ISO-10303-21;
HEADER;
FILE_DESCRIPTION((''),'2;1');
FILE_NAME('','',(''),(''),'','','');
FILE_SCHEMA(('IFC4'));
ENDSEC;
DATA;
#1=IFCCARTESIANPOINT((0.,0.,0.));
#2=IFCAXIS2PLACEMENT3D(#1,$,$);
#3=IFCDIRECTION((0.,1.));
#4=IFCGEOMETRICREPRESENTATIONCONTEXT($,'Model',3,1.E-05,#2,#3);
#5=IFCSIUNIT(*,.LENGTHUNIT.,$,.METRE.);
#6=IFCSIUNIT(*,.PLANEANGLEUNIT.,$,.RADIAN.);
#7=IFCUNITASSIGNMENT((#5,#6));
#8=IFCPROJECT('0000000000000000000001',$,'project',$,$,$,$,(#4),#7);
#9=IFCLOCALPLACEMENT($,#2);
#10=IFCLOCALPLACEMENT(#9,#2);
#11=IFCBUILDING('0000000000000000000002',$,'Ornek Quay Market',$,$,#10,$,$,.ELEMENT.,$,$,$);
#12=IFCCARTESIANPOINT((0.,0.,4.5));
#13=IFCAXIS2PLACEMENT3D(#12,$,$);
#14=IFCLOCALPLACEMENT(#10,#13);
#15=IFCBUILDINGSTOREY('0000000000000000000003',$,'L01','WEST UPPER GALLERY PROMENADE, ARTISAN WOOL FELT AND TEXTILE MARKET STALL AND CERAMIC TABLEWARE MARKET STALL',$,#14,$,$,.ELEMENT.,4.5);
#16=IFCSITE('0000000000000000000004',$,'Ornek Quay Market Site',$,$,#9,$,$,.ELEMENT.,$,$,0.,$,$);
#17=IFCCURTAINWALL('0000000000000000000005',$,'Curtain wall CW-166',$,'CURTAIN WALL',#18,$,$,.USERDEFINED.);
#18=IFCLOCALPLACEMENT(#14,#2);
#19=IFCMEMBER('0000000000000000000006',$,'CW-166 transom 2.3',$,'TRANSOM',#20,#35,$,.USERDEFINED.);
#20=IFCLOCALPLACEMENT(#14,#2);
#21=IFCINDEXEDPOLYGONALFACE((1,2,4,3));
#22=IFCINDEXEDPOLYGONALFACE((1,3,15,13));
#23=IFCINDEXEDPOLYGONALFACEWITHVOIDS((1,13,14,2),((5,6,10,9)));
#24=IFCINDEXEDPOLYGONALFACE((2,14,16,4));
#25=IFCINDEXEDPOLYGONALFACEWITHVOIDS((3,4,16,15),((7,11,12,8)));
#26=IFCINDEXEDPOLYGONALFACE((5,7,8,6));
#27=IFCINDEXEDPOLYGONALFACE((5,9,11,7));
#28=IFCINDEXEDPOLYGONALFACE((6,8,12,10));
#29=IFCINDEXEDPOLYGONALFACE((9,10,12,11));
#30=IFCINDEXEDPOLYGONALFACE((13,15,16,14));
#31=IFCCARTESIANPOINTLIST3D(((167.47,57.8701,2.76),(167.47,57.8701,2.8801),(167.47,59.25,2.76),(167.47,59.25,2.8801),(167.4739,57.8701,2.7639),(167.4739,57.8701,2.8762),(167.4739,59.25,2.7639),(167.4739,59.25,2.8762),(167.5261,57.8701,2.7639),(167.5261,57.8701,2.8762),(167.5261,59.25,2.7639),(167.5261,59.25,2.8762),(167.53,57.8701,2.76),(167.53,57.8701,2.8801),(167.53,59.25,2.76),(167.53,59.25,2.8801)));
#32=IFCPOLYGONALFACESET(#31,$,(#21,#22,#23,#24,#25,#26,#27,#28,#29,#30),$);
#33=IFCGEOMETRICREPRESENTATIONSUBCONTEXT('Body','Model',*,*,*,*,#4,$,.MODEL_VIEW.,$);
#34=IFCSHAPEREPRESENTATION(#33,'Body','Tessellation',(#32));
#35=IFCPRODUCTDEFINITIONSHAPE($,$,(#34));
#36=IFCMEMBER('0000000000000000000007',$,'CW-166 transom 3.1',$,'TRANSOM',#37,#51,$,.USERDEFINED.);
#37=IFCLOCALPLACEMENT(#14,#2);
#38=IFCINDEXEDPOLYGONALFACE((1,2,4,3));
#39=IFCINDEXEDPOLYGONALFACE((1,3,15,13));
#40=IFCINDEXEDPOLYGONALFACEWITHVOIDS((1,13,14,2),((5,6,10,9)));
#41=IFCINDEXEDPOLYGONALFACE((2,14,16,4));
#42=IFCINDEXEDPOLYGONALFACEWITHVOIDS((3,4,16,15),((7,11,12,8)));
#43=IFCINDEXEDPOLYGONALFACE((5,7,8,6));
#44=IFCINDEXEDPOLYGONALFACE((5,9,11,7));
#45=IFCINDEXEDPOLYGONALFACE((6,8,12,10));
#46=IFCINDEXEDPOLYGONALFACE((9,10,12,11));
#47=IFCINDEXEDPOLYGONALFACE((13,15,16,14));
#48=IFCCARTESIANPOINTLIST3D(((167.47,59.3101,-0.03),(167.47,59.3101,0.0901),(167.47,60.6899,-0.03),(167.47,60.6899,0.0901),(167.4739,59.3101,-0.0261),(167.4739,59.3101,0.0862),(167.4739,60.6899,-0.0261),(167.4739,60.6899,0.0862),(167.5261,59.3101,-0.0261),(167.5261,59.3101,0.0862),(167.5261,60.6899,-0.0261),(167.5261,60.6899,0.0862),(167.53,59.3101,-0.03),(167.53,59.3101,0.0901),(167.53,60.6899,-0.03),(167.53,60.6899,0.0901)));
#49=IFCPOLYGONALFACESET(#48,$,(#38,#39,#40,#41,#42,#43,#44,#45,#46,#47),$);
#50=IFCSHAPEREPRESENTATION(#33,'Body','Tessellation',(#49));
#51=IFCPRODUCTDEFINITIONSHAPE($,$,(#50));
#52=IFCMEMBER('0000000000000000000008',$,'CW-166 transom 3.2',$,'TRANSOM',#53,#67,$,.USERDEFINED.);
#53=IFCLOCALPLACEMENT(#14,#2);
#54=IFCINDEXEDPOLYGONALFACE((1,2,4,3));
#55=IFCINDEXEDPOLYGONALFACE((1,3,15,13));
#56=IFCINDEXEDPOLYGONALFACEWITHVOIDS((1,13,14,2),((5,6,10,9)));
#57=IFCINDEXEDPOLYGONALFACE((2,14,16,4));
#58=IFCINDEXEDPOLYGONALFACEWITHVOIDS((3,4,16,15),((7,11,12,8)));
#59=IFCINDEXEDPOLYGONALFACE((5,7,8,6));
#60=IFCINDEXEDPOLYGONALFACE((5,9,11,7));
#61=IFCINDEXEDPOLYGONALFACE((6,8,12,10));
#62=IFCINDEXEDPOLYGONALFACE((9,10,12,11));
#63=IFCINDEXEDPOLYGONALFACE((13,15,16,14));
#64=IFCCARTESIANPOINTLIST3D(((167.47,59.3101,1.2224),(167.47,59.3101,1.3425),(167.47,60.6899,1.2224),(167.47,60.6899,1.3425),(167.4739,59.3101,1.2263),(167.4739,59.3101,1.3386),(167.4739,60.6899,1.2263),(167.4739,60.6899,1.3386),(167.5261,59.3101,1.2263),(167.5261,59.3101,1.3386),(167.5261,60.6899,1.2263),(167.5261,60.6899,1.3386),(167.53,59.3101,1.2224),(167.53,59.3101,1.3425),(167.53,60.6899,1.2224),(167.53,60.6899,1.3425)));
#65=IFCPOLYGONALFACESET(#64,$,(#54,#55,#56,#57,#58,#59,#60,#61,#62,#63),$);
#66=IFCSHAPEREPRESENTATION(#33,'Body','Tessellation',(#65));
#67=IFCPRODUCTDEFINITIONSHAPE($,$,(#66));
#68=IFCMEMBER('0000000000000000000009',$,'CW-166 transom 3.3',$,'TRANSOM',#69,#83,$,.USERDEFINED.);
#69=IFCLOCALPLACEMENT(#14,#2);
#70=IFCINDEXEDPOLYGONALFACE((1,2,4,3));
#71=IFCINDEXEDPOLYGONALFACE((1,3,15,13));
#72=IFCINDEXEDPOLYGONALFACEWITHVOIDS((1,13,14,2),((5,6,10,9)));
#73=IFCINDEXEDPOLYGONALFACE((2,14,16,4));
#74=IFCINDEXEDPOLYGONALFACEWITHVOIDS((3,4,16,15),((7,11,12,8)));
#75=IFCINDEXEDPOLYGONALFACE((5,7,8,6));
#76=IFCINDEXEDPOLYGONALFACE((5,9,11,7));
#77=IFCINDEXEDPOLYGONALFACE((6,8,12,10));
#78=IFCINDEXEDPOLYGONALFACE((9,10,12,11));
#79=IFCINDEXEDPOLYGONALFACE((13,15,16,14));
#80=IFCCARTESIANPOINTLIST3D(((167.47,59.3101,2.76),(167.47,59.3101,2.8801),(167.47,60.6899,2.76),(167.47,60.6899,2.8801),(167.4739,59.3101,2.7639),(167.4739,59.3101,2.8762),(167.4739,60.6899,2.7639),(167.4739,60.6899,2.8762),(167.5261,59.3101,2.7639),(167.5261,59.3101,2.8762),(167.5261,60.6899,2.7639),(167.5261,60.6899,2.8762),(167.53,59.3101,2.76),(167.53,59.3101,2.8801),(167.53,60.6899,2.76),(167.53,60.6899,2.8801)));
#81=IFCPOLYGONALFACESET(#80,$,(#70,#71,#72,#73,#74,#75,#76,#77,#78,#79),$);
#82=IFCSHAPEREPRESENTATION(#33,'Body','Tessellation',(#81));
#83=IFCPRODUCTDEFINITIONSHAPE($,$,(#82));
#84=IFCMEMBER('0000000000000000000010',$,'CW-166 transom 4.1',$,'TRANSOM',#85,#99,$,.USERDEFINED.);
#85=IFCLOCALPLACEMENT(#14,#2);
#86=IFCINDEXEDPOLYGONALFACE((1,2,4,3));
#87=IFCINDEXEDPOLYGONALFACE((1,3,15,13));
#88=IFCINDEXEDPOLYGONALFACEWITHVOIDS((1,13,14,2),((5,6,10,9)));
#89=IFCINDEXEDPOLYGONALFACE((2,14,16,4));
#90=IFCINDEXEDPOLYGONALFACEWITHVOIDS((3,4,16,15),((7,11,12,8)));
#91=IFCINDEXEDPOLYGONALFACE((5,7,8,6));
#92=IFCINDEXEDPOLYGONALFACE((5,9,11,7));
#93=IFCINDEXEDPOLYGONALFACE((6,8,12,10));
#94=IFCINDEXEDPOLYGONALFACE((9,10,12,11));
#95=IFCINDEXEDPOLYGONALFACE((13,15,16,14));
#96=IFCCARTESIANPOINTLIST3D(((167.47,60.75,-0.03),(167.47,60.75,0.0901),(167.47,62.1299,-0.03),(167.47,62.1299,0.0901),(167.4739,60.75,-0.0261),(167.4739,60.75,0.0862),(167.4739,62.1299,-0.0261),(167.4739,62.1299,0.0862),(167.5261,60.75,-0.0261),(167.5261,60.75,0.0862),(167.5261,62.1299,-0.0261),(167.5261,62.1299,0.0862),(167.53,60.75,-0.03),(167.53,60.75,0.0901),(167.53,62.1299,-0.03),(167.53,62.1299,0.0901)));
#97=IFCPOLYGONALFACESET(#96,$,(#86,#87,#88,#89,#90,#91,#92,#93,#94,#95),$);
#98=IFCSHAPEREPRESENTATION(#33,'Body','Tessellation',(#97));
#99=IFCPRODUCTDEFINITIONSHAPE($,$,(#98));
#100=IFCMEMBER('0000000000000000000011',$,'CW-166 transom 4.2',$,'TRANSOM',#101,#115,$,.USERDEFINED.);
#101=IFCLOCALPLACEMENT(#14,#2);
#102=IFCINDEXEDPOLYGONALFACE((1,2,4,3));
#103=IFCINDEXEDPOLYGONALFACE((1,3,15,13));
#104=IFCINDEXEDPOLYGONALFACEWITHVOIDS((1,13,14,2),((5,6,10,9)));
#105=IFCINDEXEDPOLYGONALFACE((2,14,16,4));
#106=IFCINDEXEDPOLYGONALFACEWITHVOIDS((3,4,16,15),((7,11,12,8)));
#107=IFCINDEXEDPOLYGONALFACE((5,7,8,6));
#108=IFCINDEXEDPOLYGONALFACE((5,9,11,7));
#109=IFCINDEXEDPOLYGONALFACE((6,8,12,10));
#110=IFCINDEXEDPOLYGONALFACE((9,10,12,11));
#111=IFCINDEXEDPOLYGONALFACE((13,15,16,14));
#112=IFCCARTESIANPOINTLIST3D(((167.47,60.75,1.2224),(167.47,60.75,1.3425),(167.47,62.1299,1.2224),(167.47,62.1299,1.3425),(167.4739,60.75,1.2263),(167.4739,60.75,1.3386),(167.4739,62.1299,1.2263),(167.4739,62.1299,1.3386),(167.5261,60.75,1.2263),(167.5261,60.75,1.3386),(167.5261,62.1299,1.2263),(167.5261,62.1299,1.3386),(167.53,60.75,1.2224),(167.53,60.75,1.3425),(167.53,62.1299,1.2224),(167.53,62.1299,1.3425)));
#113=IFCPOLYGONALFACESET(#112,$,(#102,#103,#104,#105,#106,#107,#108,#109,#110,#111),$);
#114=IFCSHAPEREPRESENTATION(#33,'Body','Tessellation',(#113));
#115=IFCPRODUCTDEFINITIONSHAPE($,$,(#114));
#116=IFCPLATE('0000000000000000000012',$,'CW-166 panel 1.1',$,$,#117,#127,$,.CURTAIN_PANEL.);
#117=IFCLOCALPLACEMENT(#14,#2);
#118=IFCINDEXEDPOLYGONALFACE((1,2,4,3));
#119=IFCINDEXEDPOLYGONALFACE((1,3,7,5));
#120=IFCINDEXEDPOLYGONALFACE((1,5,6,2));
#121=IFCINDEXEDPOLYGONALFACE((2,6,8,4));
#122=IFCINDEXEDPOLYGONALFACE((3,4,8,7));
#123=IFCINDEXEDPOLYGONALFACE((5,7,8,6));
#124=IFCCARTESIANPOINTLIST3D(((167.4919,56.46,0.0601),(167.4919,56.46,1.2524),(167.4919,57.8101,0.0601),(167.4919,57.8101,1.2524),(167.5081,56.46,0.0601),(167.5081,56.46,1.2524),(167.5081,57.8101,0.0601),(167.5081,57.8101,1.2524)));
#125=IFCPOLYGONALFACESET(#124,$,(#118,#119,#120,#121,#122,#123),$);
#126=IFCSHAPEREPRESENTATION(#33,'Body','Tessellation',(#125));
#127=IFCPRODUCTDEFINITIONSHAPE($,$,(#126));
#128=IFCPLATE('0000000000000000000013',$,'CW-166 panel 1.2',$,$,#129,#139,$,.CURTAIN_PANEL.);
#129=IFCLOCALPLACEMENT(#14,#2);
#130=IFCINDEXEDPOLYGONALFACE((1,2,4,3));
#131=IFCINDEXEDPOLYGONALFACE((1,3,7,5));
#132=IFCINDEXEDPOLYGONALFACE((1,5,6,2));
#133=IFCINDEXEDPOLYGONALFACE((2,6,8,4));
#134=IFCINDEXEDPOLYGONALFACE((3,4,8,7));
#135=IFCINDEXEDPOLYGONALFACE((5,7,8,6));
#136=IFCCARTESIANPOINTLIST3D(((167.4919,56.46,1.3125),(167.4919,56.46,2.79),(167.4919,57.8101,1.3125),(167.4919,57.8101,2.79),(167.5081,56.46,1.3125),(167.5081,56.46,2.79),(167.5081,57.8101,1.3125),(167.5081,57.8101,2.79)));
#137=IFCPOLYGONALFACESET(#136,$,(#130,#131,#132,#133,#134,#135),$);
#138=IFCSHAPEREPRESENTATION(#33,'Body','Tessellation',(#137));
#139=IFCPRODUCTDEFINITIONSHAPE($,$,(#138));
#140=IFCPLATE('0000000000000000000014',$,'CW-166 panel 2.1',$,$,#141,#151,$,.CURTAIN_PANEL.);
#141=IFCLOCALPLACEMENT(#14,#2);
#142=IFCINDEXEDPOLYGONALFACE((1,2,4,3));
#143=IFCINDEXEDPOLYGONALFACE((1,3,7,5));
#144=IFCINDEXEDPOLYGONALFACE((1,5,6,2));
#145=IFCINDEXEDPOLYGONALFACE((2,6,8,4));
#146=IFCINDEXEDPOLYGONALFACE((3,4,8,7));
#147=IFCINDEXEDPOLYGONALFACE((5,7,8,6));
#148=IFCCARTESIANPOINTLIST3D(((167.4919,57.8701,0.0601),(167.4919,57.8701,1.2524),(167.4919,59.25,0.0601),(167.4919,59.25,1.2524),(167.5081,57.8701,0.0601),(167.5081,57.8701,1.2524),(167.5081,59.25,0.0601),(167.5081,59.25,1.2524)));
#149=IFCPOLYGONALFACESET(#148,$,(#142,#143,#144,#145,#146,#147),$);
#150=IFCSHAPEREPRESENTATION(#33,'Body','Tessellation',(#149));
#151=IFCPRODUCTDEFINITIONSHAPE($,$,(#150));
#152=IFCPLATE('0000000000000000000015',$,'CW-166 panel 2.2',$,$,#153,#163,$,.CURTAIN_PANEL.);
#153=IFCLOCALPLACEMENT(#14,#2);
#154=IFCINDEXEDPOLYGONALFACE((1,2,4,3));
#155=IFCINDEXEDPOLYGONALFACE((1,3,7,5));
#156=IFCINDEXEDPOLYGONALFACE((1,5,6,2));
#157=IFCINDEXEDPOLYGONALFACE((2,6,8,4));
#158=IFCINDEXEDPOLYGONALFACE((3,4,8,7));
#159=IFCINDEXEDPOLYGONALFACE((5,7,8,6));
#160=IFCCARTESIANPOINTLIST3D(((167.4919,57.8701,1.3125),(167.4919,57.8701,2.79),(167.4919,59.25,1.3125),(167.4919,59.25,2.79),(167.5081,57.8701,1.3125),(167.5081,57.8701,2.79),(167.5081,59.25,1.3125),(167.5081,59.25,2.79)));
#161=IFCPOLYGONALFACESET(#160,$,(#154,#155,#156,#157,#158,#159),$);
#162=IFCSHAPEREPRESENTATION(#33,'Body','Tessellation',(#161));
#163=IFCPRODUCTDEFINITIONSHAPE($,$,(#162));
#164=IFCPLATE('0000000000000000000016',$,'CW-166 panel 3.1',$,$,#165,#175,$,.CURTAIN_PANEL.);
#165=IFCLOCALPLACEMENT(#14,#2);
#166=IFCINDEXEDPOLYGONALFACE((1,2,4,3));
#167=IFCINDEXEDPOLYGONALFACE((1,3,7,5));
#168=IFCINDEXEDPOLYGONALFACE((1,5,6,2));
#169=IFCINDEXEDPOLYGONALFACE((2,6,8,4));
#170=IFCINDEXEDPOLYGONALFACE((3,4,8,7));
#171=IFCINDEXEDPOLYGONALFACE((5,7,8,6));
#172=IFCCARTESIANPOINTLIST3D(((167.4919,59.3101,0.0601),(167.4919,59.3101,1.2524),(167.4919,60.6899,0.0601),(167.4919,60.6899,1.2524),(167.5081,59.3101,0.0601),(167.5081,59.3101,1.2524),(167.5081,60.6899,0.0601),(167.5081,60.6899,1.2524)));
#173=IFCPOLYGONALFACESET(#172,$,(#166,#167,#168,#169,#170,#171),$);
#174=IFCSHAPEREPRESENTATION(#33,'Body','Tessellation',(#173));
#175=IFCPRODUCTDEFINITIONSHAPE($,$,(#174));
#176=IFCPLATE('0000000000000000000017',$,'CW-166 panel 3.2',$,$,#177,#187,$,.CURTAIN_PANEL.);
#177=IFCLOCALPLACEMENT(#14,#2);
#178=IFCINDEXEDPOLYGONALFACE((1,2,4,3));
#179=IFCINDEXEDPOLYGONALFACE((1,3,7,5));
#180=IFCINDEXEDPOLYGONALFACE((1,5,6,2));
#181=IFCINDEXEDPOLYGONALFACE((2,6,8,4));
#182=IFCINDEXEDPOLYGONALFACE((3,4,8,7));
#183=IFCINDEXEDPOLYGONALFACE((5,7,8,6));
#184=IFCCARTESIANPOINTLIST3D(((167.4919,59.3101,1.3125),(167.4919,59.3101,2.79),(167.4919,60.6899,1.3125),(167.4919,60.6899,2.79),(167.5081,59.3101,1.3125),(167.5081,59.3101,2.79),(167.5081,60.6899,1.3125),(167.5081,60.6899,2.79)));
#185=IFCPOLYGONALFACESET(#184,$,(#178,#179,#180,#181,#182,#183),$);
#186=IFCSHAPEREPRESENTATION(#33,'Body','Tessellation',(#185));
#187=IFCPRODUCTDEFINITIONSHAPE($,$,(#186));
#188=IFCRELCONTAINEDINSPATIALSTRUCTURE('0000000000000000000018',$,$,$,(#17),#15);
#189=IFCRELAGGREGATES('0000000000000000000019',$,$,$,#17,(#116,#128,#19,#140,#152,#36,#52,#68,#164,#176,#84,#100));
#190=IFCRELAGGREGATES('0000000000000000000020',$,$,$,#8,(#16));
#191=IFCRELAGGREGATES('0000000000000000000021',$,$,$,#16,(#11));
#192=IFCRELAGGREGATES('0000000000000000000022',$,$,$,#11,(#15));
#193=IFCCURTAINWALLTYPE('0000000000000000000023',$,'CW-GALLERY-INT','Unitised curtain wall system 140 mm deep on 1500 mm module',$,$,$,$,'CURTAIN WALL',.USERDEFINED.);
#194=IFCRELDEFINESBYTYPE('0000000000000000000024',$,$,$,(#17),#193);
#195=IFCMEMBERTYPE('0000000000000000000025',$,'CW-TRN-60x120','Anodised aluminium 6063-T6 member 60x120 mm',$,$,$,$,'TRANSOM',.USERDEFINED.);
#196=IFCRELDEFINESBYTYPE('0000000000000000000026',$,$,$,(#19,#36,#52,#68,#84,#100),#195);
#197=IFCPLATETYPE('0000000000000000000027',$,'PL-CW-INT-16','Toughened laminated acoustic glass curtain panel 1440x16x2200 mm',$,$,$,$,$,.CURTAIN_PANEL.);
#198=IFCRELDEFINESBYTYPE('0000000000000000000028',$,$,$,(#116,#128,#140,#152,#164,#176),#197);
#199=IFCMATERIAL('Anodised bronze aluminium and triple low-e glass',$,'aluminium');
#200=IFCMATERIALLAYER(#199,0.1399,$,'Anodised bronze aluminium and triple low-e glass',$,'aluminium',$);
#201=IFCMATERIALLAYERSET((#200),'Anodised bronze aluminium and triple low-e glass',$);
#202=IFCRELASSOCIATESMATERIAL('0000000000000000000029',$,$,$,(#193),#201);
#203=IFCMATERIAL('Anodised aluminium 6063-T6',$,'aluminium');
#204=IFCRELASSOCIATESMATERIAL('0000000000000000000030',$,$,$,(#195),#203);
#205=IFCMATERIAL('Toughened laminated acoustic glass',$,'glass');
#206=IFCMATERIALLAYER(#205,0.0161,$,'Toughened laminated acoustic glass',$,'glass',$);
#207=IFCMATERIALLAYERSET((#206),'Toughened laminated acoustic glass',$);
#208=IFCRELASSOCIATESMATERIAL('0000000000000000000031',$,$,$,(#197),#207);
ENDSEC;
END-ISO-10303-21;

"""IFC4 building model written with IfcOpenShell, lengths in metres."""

from ifc_helpers import new_model, si_unit, direction, frame, origin, origin_2d, place, context, subcontext, project, spatial, rectangle, hollow_rectangle, extrude, material, layer, layer_set, material_profile, profile_set, type_object, element, aggregate, save


model = new_model("IFC4")

# Units and contexts
model_context = context("Model", 3, precision=1e-05, world=origin(), true_north=direction((0.0, 1.0)))
body_context = subcontext(model_context, "Body", "Model", "MODEL_VIEW")
ifc_project = project(units=[si_unit("LENGTHUNIT", "METRE"), si_unit("PLANEANGLEUNIT", "RADIAN")], contexts=[model_context])

# Site, building, storey
site_placement = place(None, origin())
site = spatial("IfcSite", under=ifc_project, at=site_placement, Name="Ornek Quay Market Site", CompositionType="ELEMENT", RefElevation=0.0)
building_placement = place(site_placement, origin())
building = spatial("IfcBuilding", under=site, at=building_placement, Name="Ornek Quay Market", CompositionType="ELEMENT")
storey_placement = place(building_placement, frame((0.0, 0.0, 4.5)))
storey = spatial("IfcBuildingStorey", under=building, at=storey_placement, Name="L01", Description="WEST UPPER GALLERY PROMENADE, ARTISAN WOOL FELT AND TEXTILE MARKET STALL AND CERAMIC TABLEWARE MARKET STALL", CompositionType="ELEMENT", Elevation=4.5)

# Curtain wall, members, plates
ifc_material_1 = material(Name="Anodised bronze aluminium and triple low-e glass", Category="aluminium")
ifc_layer_1 = layer(ifc_material_1, 0.1399, Name="Anodised bronze aluminium and triple low-e glass", Category="aluminium")
ifc_layer_set_1 = layer_set([ifc_layer_1], Name="Anodised bronze aluminium and triple low-e glass")
curtain_wall_type = type_object("IfcCurtainWallType", Name="CW-GALLERY-INT", Description="Unitised curtain wall system 140 mm deep on 1500 mm module", ElementType="CURTAIN WALL", PredefinedType="USERDEFINED", material=ifc_layer_set_1)
curtain_wall_placement = place(storey_placement, origin())
curtain_wall = element("IfcCurtainWall", 1, at=curtain_wall_placement, inside=storey, type_object=curtain_wall_type, Name="Curtain wall CW-166", ObjectType="CURTAIN WALL", PredefinedType="USERDEFINED")
ifc_material_2 = material(Name="Anodised aluminium 6063-T6", Category="aluminium")
ifc_material_profile_1 = material_profile(ifc_material_2, hollow_rectangle(XDim=0.0601, YDim=0.1201, WallThickness=0.0039, at=origin_2d()), Name="CW-TRN-60x120", Category="aluminium")
ifc_profile_set_1 = profile_set([ifc_material_profile_1], Name="Anodised aluminium 6063-T6")
member_type_1 = type_object("IfcMemberType", Name="CW-TRN-60x120", Description="Anodised aluminium 6063-T6 member 60x120 mm", ElementType="TRANSOM", PredefinedType="USERDEFINED", material=ifc_profile_set_1)
member_1_placement = place(storey_placement, frame((167.5, 57.8701, 2.8201), z_axis=(0.0, 1.0, 0.0), x_axis=(-1.0, 0.0, 0.0)))
member_1 = element("IfcMember", 2, at=member_1_placement, type_object=member_type_1, Name="CW-166 transom 2.3", ObjectType="TRANSOM", PredefinedType="USERDEFINED", context=body_context, shape_type="SweptSolid", body=[
    extrude(hollow_rectangle(XDim=0.0601, YDim=0.1201, WallThickness=0.0039, at=origin_2d()), origin(), (0.0, 0.0, 1.0), 1.3799),
])
member_2_placement = place(storey_placement, frame((167.5, 59.3101, 0.03), z_axis=(0.0, 1.0, 0.0), x_axis=(-1.0, 0.0, 0.0)))
member_2 = element("IfcMember", 3, at=member_2_placement, type_object=member_type_1, Name="CW-166 transom 3.1", ObjectType="TRANSOM", PredefinedType="USERDEFINED", context=body_context, shape_type="SweptSolid", body=[
    extrude(hollow_rectangle(XDim=0.0601, YDim=0.1201, WallThickness=0.0039, at=origin_2d()), origin(), (0.0, 0.0, 1.0), 1.3799),
])
member_3_placement = place(storey_placement, frame((167.5, 59.3101, 1.2825), z_axis=(0.0, 1.0, 0.0), x_axis=(-1.0, 0.0, 0.0)))
member_3 = element("IfcMember", 4, at=member_3_placement, type_object=member_type_1, Name="CW-166 transom 3.2", ObjectType="TRANSOM", PredefinedType="USERDEFINED", context=body_context, shape_type="SweptSolid", body=[
    extrude(hollow_rectangle(XDim=0.0601, YDim=0.1201, WallThickness=0.0039, at=origin_2d()), origin(), (0.0, 0.0, 1.0), 1.3799),
])
member_4_placement = place(storey_placement, frame((167.5, 59.3101, 2.8201), z_axis=(0.0, 1.0, 0.0), x_axis=(-1.0, 0.0, 0.0)))
member_4 = element("IfcMember", 5, at=member_4_placement, type_object=member_type_1, Name="CW-166 transom 3.3", ObjectType="TRANSOM", PredefinedType="USERDEFINED", context=body_context, shape_type="SweptSolid", body=[
    extrude(hollow_rectangle(XDim=0.0601, YDim=0.1201, WallThickness=0.0039, at=origin_2d()), origin(), (0.0, 0.0, 1.0), 1.3799),
])
member_5_placement = place(storey_placement, frame((167.5, 60.75, 0.03), z_axis=(0.0, 1.0, 0.0), x_axis=(-1.0, 0.0, 0.0)))
member_5 = element("IfcMember", 6, at=member_5_placement, type_object=member_type_1, Name="CW-166 transom 4.1", ObjectType="TRANSOM", PredefinedType="USERDEFINED", context=body_context, shape_type="SweptSolid", body=[
    extrude(hollow_rectangle(XDim=0.0601, YDim=0.1201, WallThickness=0.0039, at=origin_2d()), origin(), (0.0, 0.0, 1.0), 1.3799),
])
member_6_placement = place(storey_placement, frame((167.5, 60.75, 1.2825), z_axis=(0.0, 1.0, 0.0), x_axis=(-1.0, 0.0, 0.0)))
member_6 = element("IfcMember", 7, at=member_6_placement, type_object=member_type_1, Name="CW-166 transom 4.2", ObjectType="TRANSOM", PredefinedType="USERDEFINED", context=body_context, shape_type="SweptSolid", body=[
    extrude(hollow_rectangle(XDim=0.0601, YDim=0.1201, WallThickness=0.0039, at=origin_2d()), origin(), (0.0, 0.0, 1.0), 1.3799),
])
ifc_material_3 = material(Name="Toughened laminated acoustic glass", Category="glass")
ifc_layer_2 = layer(ifc_material_3, 0.0161, Name="Toughened laminated acoustic glass", Category="glass")
ifc_layer_set_2 = layer_set([ifc_layer_2], Name="Toughened laminated acoustic glass")
plate_type = type_object("IfcPlateType", Name="PL-CW-INT-16", Description="Toughened laminated acoustic glass curtain panel 1440x16x2200 mm", PredefinedType="CURTAIN_PANEL", material=ifc_layer_set_2)
plate_1_placement = place(storey_placement, frame((167.5, 57.135, 0.0601), z_axis=(0.0, 0.0, 1.0), x_axis=(0.0, 1.0, 0.0)))
plate_1 = element("IfcPlate", 8, at=plate_1_placement, type_object=plate_type, Name="CW-166 panel 1.1", PredefinedType="CURTAIN_PANEL", context=body_context, shape_type="SweptSolid", body=[
    extrude(rectangle(XDim=1.3501, YDim=0.0161, at=origin_2d()), origin(), (0.0, 0.0, 1.0), 1.1924),
])
plate_2_placement = place(storey_placement, frame((167.5, 57.135, 1.3125), z_axis=(0.0, 0.0, 1.0), x_axis=(0.0, 1.0, 0.0)))
plate_2 = element("IfcPlate", 9, at=plate_2_placement, type_object=plate_type, Name="CW-166 panel 1.2", PredefinedType="CURTAIN_PANEL", context=body_context, shape_type="SweptSolid", body=[
    extrude(rectangle(XDim=1.3501, YDim=0.0161, at=origin_2d()), origin(), (0.0, 0.0, 1.0), 1.4775),
])
plate_3_placement = place(storey_placement, frame((167.5, 58.5601, 0.0601), z_axis=(0.0, 0.0, 1.0), x_axis=(0.0, 1.0, 0.0)))
plate_3 = element("IfcPlate", 10, at=plate_3_placement, type_object=plate_type, Name="CW-166 panel 2.1", PredefinedType="CURTAIN_PANEL", context=body_context, shape_type="SweptSolid", body=[
    extrude(rectangle(XDim=1.3799, YDim=0.0161, at=origin_2d()), origin(), (0.0, 0.0, 1.0), 1.1924),
])
plate_4_placement = place(storey_placement, frame((167.5, 58.5601, 1.3125), z_axis=(0.0, 0.0, 1.0), x_axis=(0.0, 1.0, 0.0)))
plate_4 = element("IfcPlate", 11, at=plate_4_placement, type_object=plate_type, Name="CW-166 panel 2.2", PredefinedType="CURTAIN_PANEL", context=body_context, shape_type="SweptSolid", body=[
    extrude(rectangle(XDim=1.3799, YDim=0.0161, at=origin_2d()), origin(), (0.0, 0.0, 1.0), 1.4775),
])
plate_5_placement = place(storey_placement, frame((167.5, 60.0, 0.0601), z_axis=(0.0, 0.0, 1.0), x_axis=(0.0, 1.0, 0.0)))
plate_5 = element("IfcPlate", 12, at=plate_5_placement, type_object=plate_type, Name="CW-166 panel 3.1", PredefinedType="CURTAIN_PANEL", context=body_context, shape_type="SweptSolid", body=[
    extrude(rectangle(XDim=1.3799, YDim=0.0161, at=origin_2d()), origin(), (0.0, 0.0, 1.0), 1.1924),
])
plate_6_placement = place(storey_placement, frame((167.5, 60.0, 1.3125), z_axis=(0.0, 0.0, 1.0), x_axis=(0.0, 1.0, 0.0)))
plate_6 = element("IfcPlate", 13, at=plate_6_placement, type_object=plate_type, Name="CW-166 panel 3.2", PredefinedType="CURTAIN_PANEL", context=body_context, shape_type="SweptSolid", body=[
    extrude(rectangle(XDim=1.3799, YDim=0.0161, at=origin_2d()), origin(), (0.0, 0.0, 1.0), 1.4775),
])
aggregate(curtain_wall, [plate_1, plate_2, member_1, plate_3, plate_4, member_2, member_3, member_4, plate_5, plate_6, member_5, member_6])

save(model, "model.ifc")
